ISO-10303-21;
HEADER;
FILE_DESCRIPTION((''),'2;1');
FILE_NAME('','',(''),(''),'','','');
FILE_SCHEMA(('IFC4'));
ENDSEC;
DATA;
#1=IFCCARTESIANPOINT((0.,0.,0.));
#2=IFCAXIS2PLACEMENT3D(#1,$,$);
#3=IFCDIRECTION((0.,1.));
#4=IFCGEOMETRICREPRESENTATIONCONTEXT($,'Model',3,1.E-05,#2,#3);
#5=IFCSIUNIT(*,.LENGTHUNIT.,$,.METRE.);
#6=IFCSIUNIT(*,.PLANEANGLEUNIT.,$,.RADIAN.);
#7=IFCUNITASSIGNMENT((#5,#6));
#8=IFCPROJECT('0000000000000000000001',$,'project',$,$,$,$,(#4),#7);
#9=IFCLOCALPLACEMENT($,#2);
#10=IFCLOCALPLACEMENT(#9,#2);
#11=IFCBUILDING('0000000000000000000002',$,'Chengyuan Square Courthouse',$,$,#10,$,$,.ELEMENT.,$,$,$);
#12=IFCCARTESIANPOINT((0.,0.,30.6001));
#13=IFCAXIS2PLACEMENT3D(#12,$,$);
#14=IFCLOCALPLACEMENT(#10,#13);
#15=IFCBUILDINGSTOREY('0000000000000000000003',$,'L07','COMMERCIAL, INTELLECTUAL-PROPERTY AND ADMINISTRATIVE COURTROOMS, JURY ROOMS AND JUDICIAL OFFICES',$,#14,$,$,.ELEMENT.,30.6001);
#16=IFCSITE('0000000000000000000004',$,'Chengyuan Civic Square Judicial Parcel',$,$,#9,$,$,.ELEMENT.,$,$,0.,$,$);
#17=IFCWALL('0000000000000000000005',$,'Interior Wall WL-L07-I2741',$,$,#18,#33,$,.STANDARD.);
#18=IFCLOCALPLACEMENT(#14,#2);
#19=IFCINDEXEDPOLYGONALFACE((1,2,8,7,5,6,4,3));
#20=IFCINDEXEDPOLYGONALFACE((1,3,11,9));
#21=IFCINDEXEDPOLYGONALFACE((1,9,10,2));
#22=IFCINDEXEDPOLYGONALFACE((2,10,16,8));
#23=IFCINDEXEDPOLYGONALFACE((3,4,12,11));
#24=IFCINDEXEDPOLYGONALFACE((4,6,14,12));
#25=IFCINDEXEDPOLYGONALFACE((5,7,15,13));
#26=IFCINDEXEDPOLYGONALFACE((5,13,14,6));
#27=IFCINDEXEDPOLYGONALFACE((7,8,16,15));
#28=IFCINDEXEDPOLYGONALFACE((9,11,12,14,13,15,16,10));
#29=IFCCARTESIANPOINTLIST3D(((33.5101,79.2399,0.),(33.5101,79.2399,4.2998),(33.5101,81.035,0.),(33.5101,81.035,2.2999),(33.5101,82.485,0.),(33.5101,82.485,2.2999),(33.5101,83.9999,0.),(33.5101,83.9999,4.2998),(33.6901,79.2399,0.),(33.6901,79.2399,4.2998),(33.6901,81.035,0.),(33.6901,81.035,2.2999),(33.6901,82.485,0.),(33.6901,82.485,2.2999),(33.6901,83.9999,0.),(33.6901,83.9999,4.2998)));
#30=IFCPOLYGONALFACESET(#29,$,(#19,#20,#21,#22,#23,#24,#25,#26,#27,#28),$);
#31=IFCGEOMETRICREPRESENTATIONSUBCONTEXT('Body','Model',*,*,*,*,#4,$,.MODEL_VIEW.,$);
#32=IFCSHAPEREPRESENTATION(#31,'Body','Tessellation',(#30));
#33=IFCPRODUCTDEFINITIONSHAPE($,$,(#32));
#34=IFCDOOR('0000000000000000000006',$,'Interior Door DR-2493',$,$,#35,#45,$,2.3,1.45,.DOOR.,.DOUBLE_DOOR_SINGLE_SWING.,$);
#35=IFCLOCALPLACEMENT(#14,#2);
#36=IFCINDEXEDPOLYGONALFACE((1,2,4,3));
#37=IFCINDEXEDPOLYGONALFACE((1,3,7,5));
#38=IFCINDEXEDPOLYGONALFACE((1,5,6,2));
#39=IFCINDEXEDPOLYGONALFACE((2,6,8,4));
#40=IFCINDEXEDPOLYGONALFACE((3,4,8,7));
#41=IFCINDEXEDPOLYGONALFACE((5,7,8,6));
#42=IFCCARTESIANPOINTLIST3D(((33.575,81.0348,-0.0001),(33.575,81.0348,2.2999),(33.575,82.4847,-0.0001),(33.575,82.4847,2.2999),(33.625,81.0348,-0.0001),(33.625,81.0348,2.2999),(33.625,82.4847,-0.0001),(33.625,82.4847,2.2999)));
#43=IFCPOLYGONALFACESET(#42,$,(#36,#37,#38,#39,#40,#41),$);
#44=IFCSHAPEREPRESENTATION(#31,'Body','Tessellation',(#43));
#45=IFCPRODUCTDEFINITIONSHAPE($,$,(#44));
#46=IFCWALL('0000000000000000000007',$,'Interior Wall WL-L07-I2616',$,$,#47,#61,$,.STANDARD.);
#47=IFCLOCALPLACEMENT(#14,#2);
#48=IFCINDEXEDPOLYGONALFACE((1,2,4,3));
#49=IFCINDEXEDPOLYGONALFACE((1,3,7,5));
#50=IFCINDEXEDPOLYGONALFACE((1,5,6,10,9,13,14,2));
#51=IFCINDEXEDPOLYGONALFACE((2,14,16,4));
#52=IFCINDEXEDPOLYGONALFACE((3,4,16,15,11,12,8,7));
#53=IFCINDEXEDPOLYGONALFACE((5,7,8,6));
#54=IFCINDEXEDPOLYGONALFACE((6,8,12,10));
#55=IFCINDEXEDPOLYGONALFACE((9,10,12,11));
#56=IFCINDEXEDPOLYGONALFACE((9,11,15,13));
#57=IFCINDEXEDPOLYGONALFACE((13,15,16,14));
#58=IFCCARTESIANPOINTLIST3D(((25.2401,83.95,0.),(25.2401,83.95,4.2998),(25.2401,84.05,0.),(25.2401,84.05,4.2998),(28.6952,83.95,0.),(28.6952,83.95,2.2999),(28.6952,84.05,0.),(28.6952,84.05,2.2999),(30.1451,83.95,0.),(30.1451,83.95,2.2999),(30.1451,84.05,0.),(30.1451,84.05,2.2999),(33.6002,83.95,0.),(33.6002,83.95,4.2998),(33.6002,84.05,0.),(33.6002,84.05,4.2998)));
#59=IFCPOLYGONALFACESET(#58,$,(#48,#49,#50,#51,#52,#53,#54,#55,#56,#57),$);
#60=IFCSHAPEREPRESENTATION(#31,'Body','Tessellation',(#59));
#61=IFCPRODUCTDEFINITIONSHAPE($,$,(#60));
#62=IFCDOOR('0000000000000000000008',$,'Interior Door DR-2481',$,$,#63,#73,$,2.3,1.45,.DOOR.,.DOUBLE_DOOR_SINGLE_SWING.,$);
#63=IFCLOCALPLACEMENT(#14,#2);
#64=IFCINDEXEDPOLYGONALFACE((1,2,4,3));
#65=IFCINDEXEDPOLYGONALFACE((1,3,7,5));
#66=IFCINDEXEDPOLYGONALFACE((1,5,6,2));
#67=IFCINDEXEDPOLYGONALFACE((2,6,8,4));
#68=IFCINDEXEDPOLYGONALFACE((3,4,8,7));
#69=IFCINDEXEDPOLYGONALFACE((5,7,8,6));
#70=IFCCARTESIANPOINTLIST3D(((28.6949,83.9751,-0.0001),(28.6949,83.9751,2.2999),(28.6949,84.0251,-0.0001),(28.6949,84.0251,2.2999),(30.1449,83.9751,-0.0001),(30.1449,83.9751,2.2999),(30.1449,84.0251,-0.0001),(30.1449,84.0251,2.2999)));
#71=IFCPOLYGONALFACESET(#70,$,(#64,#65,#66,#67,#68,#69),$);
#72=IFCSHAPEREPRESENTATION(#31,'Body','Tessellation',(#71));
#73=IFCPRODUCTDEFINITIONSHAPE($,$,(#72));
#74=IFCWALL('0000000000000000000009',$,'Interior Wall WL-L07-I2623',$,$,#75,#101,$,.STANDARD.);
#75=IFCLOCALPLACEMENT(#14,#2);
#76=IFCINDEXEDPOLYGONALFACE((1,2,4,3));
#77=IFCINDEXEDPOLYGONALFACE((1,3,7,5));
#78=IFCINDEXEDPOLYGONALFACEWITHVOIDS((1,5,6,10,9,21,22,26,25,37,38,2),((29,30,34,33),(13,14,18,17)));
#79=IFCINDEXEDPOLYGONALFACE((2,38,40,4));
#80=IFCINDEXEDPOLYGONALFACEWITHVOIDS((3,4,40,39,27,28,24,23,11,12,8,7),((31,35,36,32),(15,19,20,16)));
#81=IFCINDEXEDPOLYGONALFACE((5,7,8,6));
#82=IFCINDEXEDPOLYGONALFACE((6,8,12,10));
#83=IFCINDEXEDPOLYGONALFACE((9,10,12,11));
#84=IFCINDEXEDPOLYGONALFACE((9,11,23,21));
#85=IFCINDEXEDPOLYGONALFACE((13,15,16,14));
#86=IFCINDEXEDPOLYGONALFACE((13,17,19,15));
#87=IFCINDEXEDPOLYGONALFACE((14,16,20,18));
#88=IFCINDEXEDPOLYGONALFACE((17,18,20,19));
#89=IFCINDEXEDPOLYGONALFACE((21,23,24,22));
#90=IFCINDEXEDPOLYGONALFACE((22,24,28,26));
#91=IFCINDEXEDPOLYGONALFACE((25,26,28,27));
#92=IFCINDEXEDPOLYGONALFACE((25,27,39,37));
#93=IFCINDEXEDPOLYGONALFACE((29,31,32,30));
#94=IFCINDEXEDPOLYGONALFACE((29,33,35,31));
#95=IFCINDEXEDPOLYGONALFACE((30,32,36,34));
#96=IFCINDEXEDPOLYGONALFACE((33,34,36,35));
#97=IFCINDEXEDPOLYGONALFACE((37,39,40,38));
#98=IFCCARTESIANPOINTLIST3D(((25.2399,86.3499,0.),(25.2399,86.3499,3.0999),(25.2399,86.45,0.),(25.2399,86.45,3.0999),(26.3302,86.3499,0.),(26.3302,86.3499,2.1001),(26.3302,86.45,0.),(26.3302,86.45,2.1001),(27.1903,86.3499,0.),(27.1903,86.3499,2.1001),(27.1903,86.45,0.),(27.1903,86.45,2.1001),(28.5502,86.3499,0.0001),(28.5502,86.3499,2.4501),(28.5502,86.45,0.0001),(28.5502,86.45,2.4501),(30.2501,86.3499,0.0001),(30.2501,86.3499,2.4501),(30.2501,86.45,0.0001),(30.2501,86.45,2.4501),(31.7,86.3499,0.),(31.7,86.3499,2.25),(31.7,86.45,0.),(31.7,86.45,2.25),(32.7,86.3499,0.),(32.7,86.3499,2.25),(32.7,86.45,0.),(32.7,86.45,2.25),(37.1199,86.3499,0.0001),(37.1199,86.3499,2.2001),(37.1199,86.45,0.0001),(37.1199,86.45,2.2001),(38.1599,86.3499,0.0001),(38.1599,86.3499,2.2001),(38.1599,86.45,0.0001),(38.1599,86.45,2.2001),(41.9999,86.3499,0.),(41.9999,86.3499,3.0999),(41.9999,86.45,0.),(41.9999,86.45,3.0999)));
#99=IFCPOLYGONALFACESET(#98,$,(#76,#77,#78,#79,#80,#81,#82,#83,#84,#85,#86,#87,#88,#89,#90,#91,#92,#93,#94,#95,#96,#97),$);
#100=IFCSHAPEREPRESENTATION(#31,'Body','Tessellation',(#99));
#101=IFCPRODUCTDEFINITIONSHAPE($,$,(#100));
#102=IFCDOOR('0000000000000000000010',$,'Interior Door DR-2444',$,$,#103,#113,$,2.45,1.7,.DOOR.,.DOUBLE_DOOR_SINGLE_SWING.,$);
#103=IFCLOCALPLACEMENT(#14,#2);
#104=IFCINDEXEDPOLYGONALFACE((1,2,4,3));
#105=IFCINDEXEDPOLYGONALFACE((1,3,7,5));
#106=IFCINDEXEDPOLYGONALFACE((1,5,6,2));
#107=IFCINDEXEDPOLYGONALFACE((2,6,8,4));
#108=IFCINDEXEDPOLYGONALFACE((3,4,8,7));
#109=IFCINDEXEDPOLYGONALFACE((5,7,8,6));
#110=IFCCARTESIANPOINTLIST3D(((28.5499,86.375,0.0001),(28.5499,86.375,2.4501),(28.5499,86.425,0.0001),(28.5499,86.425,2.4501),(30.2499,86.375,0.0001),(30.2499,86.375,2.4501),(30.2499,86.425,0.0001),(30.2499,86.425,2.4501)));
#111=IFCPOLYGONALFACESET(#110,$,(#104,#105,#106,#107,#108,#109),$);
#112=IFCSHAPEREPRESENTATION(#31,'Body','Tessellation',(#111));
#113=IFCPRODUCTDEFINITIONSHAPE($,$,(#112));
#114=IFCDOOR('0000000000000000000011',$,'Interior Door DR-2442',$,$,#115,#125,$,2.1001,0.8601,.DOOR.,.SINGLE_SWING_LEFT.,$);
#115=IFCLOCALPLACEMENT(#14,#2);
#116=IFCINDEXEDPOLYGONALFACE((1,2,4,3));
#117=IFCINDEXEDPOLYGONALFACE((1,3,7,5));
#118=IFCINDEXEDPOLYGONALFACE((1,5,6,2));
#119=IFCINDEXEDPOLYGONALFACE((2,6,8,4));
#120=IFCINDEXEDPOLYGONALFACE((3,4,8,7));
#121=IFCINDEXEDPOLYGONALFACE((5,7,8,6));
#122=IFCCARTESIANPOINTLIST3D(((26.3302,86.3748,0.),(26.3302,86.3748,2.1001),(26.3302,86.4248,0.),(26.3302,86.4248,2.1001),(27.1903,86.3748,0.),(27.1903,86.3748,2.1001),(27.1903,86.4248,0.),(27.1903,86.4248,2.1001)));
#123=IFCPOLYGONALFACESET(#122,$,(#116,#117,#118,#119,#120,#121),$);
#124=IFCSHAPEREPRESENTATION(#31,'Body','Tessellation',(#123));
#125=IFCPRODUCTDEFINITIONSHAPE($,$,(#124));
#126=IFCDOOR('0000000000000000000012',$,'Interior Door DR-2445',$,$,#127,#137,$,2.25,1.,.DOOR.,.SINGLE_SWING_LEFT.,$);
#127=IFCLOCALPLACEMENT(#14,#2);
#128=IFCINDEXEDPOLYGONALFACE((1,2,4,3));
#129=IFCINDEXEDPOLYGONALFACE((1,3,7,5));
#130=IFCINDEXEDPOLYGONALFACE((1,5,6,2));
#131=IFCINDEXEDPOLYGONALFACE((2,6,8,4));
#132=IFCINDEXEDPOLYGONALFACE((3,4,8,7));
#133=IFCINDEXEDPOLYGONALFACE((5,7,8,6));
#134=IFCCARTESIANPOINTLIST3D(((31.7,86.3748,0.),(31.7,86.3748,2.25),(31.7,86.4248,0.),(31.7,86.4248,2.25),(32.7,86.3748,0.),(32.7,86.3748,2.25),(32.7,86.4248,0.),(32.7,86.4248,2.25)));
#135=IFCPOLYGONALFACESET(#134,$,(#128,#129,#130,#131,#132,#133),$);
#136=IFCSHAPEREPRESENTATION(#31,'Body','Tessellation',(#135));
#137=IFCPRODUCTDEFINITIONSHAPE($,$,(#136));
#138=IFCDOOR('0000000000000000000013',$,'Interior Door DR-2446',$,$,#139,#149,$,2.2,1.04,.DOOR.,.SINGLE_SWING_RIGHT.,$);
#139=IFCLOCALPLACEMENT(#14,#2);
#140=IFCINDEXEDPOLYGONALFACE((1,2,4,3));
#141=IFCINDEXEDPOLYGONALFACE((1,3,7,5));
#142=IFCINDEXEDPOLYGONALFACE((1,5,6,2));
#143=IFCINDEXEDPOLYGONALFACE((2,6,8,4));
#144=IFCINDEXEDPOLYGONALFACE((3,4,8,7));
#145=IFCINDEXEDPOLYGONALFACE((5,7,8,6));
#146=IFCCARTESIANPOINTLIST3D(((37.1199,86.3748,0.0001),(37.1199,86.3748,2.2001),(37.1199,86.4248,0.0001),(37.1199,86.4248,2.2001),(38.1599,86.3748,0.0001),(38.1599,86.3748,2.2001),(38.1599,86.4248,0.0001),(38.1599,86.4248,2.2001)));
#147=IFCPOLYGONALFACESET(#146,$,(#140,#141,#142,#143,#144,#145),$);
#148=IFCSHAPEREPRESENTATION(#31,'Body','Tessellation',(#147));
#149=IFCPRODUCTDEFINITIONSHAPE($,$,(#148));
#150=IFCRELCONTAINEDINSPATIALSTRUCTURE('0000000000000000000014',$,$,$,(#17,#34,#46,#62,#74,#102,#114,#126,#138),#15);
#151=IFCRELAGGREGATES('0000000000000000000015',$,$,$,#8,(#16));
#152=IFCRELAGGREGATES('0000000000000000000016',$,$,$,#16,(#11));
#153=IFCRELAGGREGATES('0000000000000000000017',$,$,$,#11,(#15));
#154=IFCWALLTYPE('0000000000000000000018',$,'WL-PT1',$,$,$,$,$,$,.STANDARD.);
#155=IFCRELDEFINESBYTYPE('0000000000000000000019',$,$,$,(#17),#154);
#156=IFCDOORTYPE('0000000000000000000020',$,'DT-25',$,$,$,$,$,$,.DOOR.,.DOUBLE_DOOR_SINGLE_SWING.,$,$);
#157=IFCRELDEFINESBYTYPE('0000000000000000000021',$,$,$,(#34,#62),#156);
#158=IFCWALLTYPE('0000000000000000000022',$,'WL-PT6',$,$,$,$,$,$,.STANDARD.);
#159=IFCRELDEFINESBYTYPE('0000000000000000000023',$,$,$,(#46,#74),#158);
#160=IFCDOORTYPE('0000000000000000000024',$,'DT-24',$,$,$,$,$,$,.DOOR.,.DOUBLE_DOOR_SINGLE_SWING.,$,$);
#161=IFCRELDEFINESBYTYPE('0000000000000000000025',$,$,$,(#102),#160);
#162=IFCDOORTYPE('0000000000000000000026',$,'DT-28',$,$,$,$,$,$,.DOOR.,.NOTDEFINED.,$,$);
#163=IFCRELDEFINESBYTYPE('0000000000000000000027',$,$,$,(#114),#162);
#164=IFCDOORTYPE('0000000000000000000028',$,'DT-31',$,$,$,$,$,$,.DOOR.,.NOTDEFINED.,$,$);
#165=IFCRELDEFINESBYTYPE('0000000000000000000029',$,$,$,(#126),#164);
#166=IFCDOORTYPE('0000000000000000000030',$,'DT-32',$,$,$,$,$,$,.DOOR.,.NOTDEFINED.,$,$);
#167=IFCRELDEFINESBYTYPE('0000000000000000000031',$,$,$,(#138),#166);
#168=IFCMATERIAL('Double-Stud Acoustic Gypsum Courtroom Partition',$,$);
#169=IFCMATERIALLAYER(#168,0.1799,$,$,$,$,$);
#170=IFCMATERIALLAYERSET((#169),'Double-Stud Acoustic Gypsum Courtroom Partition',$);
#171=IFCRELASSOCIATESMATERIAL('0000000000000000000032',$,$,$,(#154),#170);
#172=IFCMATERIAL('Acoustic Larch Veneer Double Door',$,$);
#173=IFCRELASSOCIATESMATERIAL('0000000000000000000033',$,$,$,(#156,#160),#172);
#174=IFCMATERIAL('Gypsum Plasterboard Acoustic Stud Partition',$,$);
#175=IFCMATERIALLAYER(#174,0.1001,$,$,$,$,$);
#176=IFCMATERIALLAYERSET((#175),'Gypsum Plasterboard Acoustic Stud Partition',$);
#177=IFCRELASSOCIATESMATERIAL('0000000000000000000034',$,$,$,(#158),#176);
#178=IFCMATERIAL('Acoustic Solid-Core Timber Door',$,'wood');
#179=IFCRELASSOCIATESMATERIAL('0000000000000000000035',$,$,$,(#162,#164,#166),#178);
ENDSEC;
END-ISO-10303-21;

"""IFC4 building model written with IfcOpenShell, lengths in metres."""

from ifc_helpers import new_model, si_unit, direction, frame, frame_2d, origin, place, context, subcontext, project, spatial, rectangle, extrude, material, layer, layer_set, type_object, element, fill, save


model = new_model("IFC4")

# Units and contexts
model_context = context("Model", 3, precision=1e-05, world=origin(), true_north=direction((0.0, 1.0)))
body_context = subcontext(model_context, "Body", "Model", "MODEL_VIEW")
ifc_project = project(units=[si_unit("LENGTHUNIT", "METRE"), si_unit("PLANEANGLEUNIT", "RADIAN")], contexts=[model_context])

# Site, building, storey
site_placement = place(None, origin())
site = spatial("IfcSite", under=ifc_project, at=site_placement, Name="Chengyuan Civic Square Judicial Parcel", CompositionType="ELEMENT", RefElevation=0.0)
building_placement = place(site_placement, origin())
building = spatial("IfcBuilding", under=site, at=building_placement, Name="Chengyuan Square Courthouse", CompositionType="ELEMENT")
storey_placement = place(building_placement, frame((0.0, 0.0, 30.6001)))
storey = spatial("IfcBuildingStorey", under=building, at=storey_placement, Name="L07", Description="COMMERCIAL, INTELLECTUAL-PROPERTY AND ADMINISTRATIVE COURTROOMS, JURY ROOMS AND JUDICIAL OFFICES", CompositionType="ELEMENT", Elevation=30.6001)

# Walls, openings, doors
ifc_material_1 = material(Name="Double-Stud Acoustic Gypsum Courtroom Partition")
ifc_layer_1 = layer(ifc_material_1, 0.1799)
ifc_layer_set_1 = layer_set([ifc_layer_1], Name="Double-Stud Acoustic Gypsum Courtroom Partition")
wall_type_1 = type_object("IfcWallType", Name="WL-PT1", PredefinedType="STANDARD", material=ifc_layer_set_1)
ifc_material_2 = material(Name="Acoustic Larch Veneer Double Door")
wall_1_placement = place(storey_placement, frame((33.6001, 79.24, 0.0), z_axis=(0.0, 0.0, 1.0), x_axis=(0.0, 1.0, 0.0)))
wall_1 = element("IfcWall", 1, at=wall_1_placement, inside=storey, type_object=wall_type_1, Name="Interior Wall WL-L07-I2741", PredefinedType="STANDARD", context=body_context, shape_type="SweptSolid", body=[
    extrude(rectangle(XDim=4.76, YDim=0.1799, at=frame_2d((2.3799, 0.0))), origin(), (0.0, 0.0, 1.0), 4.2998),
])
opening_1_placement = place(wall_1_placement, frame((1.7949, 0.0, 0.0)))
opening_1 = element("IfcOpeningElement", 2, at=opening_1_placement, cuts=wall_1, PredefinedType="OPENING", context=body_context, shape_type="SweptSolid", body=[
    extrude(rectangle(XDim=1.45, YDim=2.3, at=frame_2d((0.7251, 1.1499))), frame((0.0, 0.1021, 0.0), z_axis=(0.0, -1.0, 0.0), x_axis=(1.0, 0.0, 0.0)), (0.0, 0.0, 1.0), 0.2039),
])
door_type_1 = type_object("IfcDoorType", Name="DT-25", OperationType="DOUBLE_DOOR_SINGLE_SWING", PredefinedType="DOOR", material=ifc_material_2)
door_1_placement = place(opening_1_placement, frame((1.45, 0.0, 0.0), z_axis=(0.0, 0.0, 1.0), x_axis=(-1.0, 0.0, 0.0)))
door_1 = element("IfcDoor", 3, at=door_1_placement, inside=storey, type_object=door_type_1, Name="Interior Door DR-2493", OperationType="DOUBLE_DOOR_SINGLE_SWING", OverallHeight=2.3, OverallWidth=1.45, PredefinedType="DOOR", context=body_context, shape_type="SweptSolid", body=[
    extrude(rectangle(XDim=1.45, YDim=2.3, at=frame_2d((0.7251, 1.1499))), frame((0.0, 0.0249, 0.0), z_axis=(0.0, -1.0, 0.0), x_axis=(1.0, 0.0, 0.0)), (0.0, 0.0, 1.0), 0.05),
])
fill(opening_1, door_1)
ifc_material_3 = material(Name="Gypsum Plasterboard Acoustic Stud Partition")
ifc_layer_2 = layer(ifc_material_3, 0.1001)
ifc_layer_set_2 = layer_set([ifc_layer_2], Name="Gypsum Plasterboard Acoustic Stud Partition")
wall_type_2 = type_object("IfcWallType", Name="WL-PT6", PredefinedType="STANDARD", material=ifc_layer_set_2)
wall_2_placement = place(storey_placement, frame((25.24, 84.0, 0.0), z_axis=(0.0, 0.0, 1.0), x_axis=(1.0, 0.0, 0.0)))
wall_2 = element("IfcWall", 4, at=wall_2_placement, inside=storey, type_object=wall_type_2, Name="Interior Wall WL-L07-I2616", PredefinedType="STANDARD", context=body_context, shape_type="SweptSolid", body=[
    extrude(rectangle(XDim=8.3601, YDim=0.1001, at=frame_2d((4.1802, 0.0))), origin(), (0.0, 0.0, 1.0), 4.2998),
])
opening_2_placement = place(wall_2_placement, frame((3.4551, 0.0, 0.0)))
opening_2 = element("IfcOpeningElement", 5, at=opening_2_placement, cuts=wall_2, PredefinedType="OPENING", context=body_context, shape_type="SweptSolid", body=[
    extrude(rectangle(XDim=1.45, YDim=2.3, at=frame_2d((0.7251, 1.1499))), frame((0.0, 0.062, 0.0), z_axis=(0.0, -1.0, 0.0), x_axis=(1.0, 0.0, 0.0)), (0.0, 0.0, 1.0), 0.124),
])
door_2_placement = place(opening_2_placement, frame((1.45, 0.0, 0.0), z_axis=(0.0, 0.0, 1.0), x_axis=(-1.0, 0.0, 0.0)))
door_2 = element("IfcDoor", 6, at=door_2_placement, inside=storey, type_object=door_type_1, Name="Interior Door DR-2481", OperationType="DOUBLE_DOOR_SINGLE_SWING", OverallHeight=2.3, OverallWidth=1.45, PredefinedType="DOOR", context=body_context, shape_type="SweptSolid", body=[
    extrude(rectangle(XDim=1.45, YDim=2.3, at=frame_2d((0.7251, 1.1499))), frame((0.0, 0.0249, 0.0), z_axis=(0.0, -1.0, 0.0), x_axis=(1.0, 0.0, 0.0)), (0.0, 0.0, 1.0), 0.05),
])
fill(opening_2, door_2)

# Wall, openings, doors
wall_3_placement = place(storey_placement, frame((25.24, 86.3999, 0.0), z_axis=(0.0, 0.0, 1.0), x_axis=(1.0, 0.0, 0.0)))
wall_3 = element("IfcWall", 7, at=wall_3_placement, inside=storey, type_object=wall_type_2, Name="Interior Wall WL-L07-I2623", PredefinedType="STANDARD", context=body_context, shape_type="SweptSolid", body=[
    extrude(rectangle(XDim=16.76, YDim=0.1001, at=frame_2d((8.3799, 0.0))), origin(), (0.0, 0.0, 1.0), 3.0999),
])
opening_3_placement = place(wall_3_placement, frame((1.0901, 0.0, 0.0)))
opening_3 = element("IfcOpeningElement", 8, at=opening_3_placement, cuts=wall_3, PredefinedType="OPENING", context=body_context, shape_type="SweptSolid", body=[
    extrude(rectangle(XDim=0.8601, YDim=2.1001, at=frame_2d((0.4302, 1.05))), frame((0.0, 0.062, 0.0), z_axis=(0.0, -1.0, 0.0), x_axis=(1.0, 0.0, 0.0)), (0.0, 0.0, 1.0), 0.124),
])
opening_4_placement = place(wall_3_placement, frame((3.3101, 0.0, 0.0)))
opening_4 = element("IfcOpeningElement", 9, at=opening_4_placement, cuts=wall_3, PredefinedType="OPENING", context=body_context, shape_type="SweptSolid", body=[
    extrude(rectangle(XDim=1.7, YDim=2.45, at=frame_2d((0.8501, 1.2251))), frame((0.0, 0.062, 0.0), z_axis=(0.0, -1.0, 0.0), x_axis=(1.0, 0.0, 0.0)), (0.0, 0.0, 1.0), 0.124),
])
opening_5_placement = place(wall_3_placement, frame((6.46, 0.0, 0.0)))
opening_5 = element("IfcOpeningElement", 10, at=opening_5_placement, cuts=wall_3, PredefinedType="OPENING", context=body_context, shape_type="SweptSolid", body=[
    extrude(rectangle(XDim=1.0, YDim=2.25, at=frame_2d((0.5, 1.125))), frame((0.0, 0.062, 0.0), z_axis=(0.0, -1.0, 0.0), x_axis=(1.0, 0.0, 0.0)), (0.0, 0.0, 1.0), 0.124),
])
opening_6_placement = place(wall_3_placement, frame((11.8799, 0.0, 0.0)))
opening_6 = element("IfcOpeningElement", 11, at=opening_6_placement, cuts=wall_3, PredefinedType="OPENING", context=body_context, shape_type="SweptSolid", body=[
    extrude(rectangle(XDim=1.04, YDim=2.2, at=frame_2d((0.52, 1.1001))), frame((0.0, 0.062, 0.0), z_axis=(0.0, -1.0, 0.0), x_axis=(1.0, 0.0, 0.0)), (0.0, 0.0, 1.0), 0.124),
])
door_type_2 = type_object("IfcDoorType", Name="DT-24", OperationType="DOUBLE_DOOR_SINGLE_SWING", PredefinedType="DOOR", material=ifc_material_2)
door_3_placement = place(opening_4_placement, frame((1.7, 0.0, 0.0), z_axis=(0.0, 0.0, 1.0), x_axis=(-1.0, 0.0, 0.0)))
door_3 = element("IfcDoor", 12, at=door_3_placement, inside=storey, type_object=door_type_2, Name="Interior Door DR-2444", OperationType="DOUBLE_DOOR_SINGLE_SWING", OverallHeight=2.45, OverallWidth=1.7, PredefinedType="DOOR", context=body_context, shape_type="SweptSolid", body=[
    extrude(rectangle(XDim=1.7, YDim=2.45, at=frame_2d((0.8501, 1.2251))), frame((0.0, 0.0249, 0.0), z_axis=(0.0, -1.0, 0.0), x_axis=(1.0, 0.0, 0.0)), (0.0, 0.0, 1.0), 0.05),
])
fill(opening_4, door_3)
ifc_material_4 = material(Name="Acoustic Solid-Core Timber Door", Category="wood")
door_type_3 = type_object("IfcDoorType", Name="DT-28", OperationType="NOTDEFINED", PredefinedType="DOOR", material=ifc_material_4)
door_4_placement = place(opening_3_placement, origin())
door_4 = element("IfcDoor", 13, at=door_4_placement, inside=storey, type_object=door_type_3, Name="Interior Door DR-2442", OperationType="SINGLE_SWING_LEFT", OverallHeight=2.1001, OverallWidth=0.8601, PredefinedType="DOOR", context=body_context, shape_type="SweptSolid", body=[
    extrude(rectangle(XDim=0.8601, YDim=2.1001, at=frame_2d((0.4302, 1.05))), frame((0.0, 0.0249, 0.0), z_axis=(0.0, -1.0, 0.0), x_axis=(1.0, 0.0, 0.0)), (0.0, 0.0, 1.0), 0.05),
])
fill(opening_3, door_4)
door_type_4 = type_object("IfcDoorType", Name="DT-31", OperationType="NOTDEFINED", PredefinedType="DOOR", material=ifc_material_4)
door_5_placement = place(opening_5_placement, origin())
door_5 = element("IfcDoor", 14, at=door_5_placement, inside=storey, type_object=door_type_4, Name="Interior Door DR-2445", OperationType="SINGLE_SWING_LEFT", OverallHeight=2.25, OverallWidth=1.0, PredefinedType="DOOR", context=body_context, shape_type="SweptSolid", body=[
    extrude(rectangle(XDim=1.0, YDim=2.25, at=frame_2d((0.5, 1.125))), frame((0.0, 0.0249, 0.0), z_axis=(0.0, -1.0, 0.0), x_axis=(1.0, 0.0, 0.0)), (0.0, 0.0, 1.0), 0.05),
])
fill(opening_5, door_5)
door_type_5 = type_object("IfcDoorType", Name="DT-32", OperationType="NOTDEFINED", PredefinedType="DOOR", material=ifc_material_4)
door_6_placement = place(opening_6_placement, origin())
door_6 = element("IfcDoor", 15, at=door_6_placement, inside=storey, type_object=door_type_5, Name="Interior Door DR-2446", OperationType="SINGLE_SWING_RIGHT", OverallHeight=2.2, OverallWidth=1.04, PredefinedType="DOOR", context=body_context, shape_type="SweptSolid", body=[
    extrude(rectangle(XDim=1.04, YDim=2.2, at=frame_2d((0.52, 1.1001))), frame((0.0, 0.0249, 0.0), z_axis=(0.0, -1.0, 0.0), x_axis=(1.0, 0.0, 0.0)), (0.0, 0.0, 1.0), 0.05),
])
fill(opening_6, door_6)

save(model, "model.ifc")
